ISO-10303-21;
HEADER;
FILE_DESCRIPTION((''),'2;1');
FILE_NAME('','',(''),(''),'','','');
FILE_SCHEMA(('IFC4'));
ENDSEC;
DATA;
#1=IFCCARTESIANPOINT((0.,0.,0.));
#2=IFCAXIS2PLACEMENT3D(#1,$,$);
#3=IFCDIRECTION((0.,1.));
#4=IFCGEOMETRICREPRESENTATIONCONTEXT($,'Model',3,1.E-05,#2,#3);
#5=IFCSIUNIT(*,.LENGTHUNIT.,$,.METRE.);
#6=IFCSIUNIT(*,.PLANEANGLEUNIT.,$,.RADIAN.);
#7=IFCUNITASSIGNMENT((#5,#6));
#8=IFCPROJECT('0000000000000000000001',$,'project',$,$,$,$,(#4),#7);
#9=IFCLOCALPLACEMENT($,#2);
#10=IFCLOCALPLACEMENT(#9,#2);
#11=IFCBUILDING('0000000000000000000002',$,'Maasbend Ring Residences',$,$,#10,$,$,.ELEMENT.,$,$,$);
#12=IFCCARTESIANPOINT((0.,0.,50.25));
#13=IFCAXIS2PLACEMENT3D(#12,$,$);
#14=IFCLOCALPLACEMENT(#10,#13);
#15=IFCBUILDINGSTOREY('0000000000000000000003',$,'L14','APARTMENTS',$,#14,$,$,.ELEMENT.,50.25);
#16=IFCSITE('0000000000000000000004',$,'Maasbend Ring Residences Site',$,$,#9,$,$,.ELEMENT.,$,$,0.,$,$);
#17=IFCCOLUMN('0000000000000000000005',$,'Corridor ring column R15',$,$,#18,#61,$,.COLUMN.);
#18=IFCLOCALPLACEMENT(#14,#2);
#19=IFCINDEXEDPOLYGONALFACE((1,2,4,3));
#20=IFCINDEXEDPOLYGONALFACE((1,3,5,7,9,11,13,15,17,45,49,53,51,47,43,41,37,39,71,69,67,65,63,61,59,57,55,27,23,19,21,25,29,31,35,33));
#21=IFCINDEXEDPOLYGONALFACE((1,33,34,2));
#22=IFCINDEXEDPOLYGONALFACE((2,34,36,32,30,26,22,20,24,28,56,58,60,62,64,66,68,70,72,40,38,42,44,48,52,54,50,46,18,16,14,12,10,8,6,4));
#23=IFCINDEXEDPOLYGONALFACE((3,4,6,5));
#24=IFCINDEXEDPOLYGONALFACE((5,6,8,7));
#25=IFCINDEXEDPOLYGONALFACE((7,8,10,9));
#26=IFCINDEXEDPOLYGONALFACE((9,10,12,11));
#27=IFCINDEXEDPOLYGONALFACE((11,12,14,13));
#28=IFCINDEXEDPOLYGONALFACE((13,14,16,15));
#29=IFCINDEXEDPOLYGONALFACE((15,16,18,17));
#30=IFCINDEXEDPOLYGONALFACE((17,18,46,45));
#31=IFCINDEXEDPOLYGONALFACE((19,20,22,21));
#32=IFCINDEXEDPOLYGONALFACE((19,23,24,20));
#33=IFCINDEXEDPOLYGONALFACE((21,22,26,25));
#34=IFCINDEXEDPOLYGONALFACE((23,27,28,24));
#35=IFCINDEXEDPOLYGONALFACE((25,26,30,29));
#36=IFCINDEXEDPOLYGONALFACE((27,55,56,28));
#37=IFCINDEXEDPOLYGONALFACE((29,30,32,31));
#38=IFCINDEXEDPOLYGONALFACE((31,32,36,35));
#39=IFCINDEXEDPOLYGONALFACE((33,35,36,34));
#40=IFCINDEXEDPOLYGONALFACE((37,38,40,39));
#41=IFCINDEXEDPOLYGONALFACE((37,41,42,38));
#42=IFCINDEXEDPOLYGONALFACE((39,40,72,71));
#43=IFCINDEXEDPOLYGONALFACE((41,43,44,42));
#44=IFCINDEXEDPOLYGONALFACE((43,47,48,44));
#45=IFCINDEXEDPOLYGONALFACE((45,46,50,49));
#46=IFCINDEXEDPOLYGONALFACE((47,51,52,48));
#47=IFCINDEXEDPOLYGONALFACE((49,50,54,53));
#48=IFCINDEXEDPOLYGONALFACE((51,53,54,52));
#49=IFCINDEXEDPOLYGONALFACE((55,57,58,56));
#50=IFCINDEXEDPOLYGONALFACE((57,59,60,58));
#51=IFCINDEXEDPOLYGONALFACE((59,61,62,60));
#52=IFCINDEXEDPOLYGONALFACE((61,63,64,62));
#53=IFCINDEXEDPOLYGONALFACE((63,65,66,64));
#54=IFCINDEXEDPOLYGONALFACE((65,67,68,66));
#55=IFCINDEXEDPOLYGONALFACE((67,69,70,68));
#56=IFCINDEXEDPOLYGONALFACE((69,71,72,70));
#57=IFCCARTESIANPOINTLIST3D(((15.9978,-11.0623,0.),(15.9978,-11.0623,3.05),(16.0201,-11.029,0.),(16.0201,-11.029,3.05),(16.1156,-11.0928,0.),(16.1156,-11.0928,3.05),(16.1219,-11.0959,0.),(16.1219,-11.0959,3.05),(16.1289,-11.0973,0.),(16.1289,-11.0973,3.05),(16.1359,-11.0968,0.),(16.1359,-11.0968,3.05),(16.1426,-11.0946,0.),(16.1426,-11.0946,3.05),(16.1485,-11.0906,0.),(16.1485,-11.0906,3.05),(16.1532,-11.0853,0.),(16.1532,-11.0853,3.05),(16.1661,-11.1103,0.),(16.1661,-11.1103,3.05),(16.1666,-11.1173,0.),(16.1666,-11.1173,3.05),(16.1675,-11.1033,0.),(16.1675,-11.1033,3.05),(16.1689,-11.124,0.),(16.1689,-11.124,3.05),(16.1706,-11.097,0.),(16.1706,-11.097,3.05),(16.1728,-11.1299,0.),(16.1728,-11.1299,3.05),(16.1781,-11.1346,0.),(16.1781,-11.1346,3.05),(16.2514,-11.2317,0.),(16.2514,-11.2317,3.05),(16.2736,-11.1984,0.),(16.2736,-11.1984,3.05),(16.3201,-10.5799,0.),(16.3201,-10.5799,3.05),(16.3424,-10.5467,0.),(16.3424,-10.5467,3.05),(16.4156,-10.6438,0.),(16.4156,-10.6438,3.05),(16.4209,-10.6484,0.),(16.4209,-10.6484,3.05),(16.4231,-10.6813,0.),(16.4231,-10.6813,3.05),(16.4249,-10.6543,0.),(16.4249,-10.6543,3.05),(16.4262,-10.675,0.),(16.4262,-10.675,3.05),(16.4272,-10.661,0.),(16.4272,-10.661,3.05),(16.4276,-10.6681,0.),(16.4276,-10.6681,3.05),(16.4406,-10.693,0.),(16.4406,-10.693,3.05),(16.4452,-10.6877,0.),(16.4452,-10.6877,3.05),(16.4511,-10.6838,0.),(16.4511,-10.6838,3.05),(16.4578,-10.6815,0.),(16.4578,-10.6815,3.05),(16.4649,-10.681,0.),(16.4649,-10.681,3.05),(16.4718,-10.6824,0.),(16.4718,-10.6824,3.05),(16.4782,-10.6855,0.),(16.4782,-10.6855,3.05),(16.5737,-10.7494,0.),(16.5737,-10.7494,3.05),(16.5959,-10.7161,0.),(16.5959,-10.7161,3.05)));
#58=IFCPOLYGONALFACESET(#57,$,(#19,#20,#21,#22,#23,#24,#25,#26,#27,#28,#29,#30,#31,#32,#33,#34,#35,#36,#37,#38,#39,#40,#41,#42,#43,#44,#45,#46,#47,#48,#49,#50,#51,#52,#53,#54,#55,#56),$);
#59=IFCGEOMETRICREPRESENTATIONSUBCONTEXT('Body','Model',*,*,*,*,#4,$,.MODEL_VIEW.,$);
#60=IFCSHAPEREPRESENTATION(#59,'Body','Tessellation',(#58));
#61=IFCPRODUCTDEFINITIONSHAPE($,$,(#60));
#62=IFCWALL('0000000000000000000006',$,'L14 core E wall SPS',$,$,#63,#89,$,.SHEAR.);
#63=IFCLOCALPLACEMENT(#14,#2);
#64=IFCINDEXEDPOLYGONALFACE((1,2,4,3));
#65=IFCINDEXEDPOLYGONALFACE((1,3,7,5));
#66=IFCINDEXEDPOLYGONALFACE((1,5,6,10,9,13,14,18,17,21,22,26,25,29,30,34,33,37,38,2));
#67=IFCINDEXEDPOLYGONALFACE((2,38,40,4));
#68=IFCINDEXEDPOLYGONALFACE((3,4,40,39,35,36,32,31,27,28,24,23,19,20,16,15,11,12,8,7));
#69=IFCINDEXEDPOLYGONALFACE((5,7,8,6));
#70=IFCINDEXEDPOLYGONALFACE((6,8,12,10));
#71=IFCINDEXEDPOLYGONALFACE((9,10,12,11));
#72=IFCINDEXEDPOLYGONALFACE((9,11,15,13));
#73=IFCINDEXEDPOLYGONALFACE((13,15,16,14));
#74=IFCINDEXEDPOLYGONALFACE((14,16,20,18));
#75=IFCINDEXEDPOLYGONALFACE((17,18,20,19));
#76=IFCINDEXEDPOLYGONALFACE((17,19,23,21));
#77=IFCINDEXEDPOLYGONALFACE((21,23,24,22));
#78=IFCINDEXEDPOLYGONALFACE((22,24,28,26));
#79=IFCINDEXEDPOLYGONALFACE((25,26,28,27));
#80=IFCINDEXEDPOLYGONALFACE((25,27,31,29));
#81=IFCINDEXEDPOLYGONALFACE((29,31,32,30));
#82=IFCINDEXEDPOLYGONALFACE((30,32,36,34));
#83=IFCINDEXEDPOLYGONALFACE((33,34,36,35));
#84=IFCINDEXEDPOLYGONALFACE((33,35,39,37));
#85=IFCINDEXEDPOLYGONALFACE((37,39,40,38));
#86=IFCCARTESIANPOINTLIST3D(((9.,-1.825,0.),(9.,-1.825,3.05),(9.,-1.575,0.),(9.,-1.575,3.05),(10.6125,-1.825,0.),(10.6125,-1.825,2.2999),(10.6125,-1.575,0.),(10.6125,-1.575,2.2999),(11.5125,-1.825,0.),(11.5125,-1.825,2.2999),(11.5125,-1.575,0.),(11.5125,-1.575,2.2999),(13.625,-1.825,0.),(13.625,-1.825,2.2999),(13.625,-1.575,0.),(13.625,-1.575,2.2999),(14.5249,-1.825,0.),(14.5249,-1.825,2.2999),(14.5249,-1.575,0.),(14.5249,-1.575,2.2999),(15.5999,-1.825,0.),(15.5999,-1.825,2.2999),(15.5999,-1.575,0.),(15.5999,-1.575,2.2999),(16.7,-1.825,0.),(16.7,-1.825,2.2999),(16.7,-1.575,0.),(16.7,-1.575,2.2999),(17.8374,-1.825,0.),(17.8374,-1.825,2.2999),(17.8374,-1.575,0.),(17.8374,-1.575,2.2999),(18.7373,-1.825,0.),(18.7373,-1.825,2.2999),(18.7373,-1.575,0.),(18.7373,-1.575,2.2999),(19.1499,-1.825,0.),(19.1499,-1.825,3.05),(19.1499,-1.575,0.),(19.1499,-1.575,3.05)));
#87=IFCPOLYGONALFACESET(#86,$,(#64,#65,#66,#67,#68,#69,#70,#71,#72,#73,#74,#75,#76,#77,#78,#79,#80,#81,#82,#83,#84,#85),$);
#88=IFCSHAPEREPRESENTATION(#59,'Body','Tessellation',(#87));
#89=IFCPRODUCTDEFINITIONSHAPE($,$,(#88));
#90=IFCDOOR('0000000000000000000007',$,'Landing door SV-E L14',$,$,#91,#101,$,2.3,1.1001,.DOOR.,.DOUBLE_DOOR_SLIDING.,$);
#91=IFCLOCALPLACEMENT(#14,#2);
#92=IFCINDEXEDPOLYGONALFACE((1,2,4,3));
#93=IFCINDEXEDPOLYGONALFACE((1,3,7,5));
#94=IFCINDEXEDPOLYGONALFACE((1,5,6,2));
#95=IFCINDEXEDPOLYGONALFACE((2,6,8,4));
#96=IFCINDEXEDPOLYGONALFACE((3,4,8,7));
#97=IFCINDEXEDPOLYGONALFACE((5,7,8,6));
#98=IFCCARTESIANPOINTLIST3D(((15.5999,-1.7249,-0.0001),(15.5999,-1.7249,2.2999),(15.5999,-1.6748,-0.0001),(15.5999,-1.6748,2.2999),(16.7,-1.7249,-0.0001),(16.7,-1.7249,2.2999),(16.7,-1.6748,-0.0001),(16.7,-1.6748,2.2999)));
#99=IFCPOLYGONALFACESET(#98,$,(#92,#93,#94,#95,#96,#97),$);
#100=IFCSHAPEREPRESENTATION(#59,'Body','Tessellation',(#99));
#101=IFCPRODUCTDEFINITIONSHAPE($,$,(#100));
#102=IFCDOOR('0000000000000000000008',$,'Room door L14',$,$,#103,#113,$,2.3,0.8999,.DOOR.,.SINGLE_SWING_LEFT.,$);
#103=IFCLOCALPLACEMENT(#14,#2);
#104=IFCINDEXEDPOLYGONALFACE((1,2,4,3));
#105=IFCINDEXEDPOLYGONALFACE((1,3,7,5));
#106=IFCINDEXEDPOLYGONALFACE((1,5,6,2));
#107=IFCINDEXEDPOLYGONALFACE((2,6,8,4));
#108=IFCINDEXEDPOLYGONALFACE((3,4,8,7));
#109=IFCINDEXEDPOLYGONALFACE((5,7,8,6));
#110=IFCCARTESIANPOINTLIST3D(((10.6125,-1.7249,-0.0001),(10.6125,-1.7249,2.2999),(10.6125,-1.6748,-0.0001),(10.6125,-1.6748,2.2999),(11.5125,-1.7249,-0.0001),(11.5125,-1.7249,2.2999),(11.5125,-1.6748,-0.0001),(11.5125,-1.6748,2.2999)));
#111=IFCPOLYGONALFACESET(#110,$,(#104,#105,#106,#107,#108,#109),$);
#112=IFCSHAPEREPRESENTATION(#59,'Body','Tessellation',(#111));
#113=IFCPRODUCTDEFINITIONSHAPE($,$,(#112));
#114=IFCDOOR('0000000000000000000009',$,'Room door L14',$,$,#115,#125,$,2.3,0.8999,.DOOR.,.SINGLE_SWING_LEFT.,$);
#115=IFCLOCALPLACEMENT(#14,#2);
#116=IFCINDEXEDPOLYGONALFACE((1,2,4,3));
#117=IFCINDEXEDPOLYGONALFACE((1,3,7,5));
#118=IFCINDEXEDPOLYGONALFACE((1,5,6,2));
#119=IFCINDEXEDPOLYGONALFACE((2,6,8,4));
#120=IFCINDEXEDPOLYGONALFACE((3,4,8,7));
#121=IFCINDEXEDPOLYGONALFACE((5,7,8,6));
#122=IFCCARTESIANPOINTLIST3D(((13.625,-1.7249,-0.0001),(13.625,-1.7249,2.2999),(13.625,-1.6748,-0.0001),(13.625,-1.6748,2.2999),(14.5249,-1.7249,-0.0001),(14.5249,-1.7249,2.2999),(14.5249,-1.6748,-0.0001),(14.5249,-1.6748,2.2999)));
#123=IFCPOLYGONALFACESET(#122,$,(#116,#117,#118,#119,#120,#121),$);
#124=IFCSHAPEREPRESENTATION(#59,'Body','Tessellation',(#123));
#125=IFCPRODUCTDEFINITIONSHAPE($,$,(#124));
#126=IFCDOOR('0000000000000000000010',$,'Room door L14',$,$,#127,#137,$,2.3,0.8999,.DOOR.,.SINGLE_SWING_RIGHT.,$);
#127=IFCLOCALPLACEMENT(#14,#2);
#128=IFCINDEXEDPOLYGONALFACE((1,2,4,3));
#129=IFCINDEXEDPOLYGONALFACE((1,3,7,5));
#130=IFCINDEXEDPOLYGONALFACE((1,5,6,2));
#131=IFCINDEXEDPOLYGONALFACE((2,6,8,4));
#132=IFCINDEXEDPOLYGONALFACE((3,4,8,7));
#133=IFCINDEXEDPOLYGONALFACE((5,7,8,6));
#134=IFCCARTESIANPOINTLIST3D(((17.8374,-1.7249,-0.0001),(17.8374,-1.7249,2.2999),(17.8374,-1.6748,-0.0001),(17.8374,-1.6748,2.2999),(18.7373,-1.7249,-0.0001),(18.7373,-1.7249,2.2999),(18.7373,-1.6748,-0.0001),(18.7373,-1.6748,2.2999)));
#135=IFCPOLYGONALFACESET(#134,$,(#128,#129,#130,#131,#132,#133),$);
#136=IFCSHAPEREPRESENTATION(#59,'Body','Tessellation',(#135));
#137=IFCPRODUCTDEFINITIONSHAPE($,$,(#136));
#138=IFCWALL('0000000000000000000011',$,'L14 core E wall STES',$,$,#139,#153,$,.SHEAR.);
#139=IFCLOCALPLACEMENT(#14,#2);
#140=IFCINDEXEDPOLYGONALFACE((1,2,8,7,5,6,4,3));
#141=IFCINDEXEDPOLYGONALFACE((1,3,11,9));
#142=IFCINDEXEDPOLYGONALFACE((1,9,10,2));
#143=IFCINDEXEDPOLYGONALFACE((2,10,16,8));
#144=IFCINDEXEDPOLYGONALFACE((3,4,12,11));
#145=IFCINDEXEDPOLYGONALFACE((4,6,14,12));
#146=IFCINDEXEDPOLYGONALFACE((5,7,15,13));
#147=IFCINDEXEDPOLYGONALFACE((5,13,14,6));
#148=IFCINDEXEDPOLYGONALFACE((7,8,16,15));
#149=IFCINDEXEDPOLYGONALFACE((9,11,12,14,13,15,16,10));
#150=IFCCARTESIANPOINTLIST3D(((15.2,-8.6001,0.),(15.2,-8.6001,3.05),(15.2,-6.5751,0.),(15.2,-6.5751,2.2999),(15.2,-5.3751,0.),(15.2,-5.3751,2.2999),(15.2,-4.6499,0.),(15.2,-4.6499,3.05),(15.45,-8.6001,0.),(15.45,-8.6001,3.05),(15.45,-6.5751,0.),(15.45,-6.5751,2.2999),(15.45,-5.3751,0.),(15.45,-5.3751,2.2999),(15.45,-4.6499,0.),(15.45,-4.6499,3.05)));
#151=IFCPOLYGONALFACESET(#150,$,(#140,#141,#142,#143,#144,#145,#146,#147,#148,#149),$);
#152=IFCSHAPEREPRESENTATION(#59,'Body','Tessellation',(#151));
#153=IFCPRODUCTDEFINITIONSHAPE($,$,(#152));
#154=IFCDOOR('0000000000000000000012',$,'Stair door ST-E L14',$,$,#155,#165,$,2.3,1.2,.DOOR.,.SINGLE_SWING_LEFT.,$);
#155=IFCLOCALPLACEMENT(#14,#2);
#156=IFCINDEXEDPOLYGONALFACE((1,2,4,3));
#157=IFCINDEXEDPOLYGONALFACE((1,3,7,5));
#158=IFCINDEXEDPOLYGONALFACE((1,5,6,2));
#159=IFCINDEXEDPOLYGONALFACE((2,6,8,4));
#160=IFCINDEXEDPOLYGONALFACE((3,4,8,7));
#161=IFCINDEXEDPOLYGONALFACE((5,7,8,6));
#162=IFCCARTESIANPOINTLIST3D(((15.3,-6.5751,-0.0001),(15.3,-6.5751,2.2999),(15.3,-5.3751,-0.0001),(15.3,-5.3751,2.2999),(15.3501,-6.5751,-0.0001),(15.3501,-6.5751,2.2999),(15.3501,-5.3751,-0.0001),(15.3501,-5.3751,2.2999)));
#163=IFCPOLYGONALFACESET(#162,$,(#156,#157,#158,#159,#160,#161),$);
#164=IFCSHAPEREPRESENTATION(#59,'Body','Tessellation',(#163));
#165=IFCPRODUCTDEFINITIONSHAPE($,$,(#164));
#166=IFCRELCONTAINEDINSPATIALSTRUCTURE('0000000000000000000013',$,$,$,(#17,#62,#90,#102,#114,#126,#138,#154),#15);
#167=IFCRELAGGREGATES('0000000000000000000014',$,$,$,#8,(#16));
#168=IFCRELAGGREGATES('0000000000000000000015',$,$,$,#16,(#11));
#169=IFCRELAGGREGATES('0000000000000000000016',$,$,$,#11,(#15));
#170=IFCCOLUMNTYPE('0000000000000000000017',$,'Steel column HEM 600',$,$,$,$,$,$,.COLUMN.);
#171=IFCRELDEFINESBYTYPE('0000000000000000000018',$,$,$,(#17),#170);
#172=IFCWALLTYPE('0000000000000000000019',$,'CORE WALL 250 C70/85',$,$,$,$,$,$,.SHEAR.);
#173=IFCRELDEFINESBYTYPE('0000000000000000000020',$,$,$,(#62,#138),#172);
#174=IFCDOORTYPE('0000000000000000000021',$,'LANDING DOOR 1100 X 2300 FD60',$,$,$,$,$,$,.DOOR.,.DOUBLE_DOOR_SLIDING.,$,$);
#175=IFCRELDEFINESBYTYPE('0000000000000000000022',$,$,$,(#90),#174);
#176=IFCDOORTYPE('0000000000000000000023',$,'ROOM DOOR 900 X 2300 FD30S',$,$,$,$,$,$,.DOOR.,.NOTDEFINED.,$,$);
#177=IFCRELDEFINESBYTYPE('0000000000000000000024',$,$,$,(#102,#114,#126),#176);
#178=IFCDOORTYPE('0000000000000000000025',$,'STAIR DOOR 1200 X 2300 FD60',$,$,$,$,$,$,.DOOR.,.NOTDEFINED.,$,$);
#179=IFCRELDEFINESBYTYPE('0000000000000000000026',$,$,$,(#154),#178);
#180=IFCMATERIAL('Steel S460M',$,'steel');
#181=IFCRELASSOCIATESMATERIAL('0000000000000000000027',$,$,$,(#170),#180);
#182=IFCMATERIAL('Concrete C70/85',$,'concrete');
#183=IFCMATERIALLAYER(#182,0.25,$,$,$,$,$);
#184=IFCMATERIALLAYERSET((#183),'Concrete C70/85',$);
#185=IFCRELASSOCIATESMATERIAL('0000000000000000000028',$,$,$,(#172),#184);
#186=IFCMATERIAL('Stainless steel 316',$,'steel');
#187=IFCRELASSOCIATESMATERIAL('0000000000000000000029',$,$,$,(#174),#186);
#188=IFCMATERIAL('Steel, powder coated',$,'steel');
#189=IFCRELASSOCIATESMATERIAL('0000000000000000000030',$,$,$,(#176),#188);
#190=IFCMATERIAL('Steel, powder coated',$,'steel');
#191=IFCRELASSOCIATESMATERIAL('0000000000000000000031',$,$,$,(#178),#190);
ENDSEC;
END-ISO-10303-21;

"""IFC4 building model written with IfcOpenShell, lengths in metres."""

from ifc_helpers import new_model, si_unit, direction, frame, frame_2d, origin, origin_2d, place, context, subcontext, project, spatial, rectangle, i_section, extrude, material, layer, layer_set, material_profile, profile_set, type_object, element, fill, save


model = new_model("IFC4")

# Units and contexts
model_context = context("Model", 3, precision=1e-05, world=origin(), true_north=direction((0.0, 1.0)))
body_context = subcontext(model_context, "Body", "Model", "MODEL_VIEW")
ifc_project = project(units=[si_unit("LENGTHUNIT", "METRE"), si_unit("PLANEANGLEUNIT", "RADIAN")], contexts=[model_context])

# Site, building, storey
site_placement = place(None, origin())
site = spatial("IfcSite", under=ifc_project, at=site_placement, Name="Maasbend Ring Residences Site", CompositionType="ELEMENT", RefElevation=0.0)
building_placement = place(site_placement, origin())
building = spatial("IfcBuilding", under=site, at=building_placement, Name="Maasbend Ring Residences", CompositionType="ELEMENT")
storey_placement = place(building_placement, frame((0.0, 0.0, 50.25)))
storey = spatial("IfcBuildingStorey", under=building, at=storey_placement, Name="L14", Description="APARTMENTS", CompositionType="ELEMENT", Elevation=50.25)

# Column
ifc_material_1 = material(Name="Steel S460M", Category="steel")
ifc_material_profile = material_profile(ifc_material_1, i_section(OverallWidth=0.3049, OverallDepth=0.6201, WebThickness=0.021, FlangeThickness=0.04, FilletRadius=0.0271, at=origin_2d()), Name="HEM 600")
ifc_profile_set = profile_set([ifc_material_profile], Name="Steel S460M")
column_type = type_object("IfcColumnType", Name="Steel column HEM 600", PredefinedType="COLUMN", material=ifc_profile_set)
column_placement = place(storey_placement, frame((16.2969, -10.8892, 0.0), z_axis=(0.0, 0.0, 1.0), x_axis=(0.83147, -0.55557, 0.0)))
element("IfcColumn", 1, at=column_placement, inside=storey, type_object=column_type, Name="Corridor ring column R15", PredefinedType="COLUMN", context=body_context, shape_type="SweptSolid", body=[
    extrude(i_section(OverallWidth=0.3049, OverallDepth=0.6201, WebThickness=0.021, FlangeThickness=0.04, FilletRadius=0.0271, at=origin_2d()), origin(), (0.0, 0.0, 1.0), 3.05),
])

# Wall, openings, doors
ifc_material_2 = material(Name="Concrete C70/85", Category="concrete")
ifc_layer_1 = layer(ifc_material_2, 0.25)
ifc_layer_set_1 = layer_set([ifc_layer_1], Name="Concrete C70/85")
wall_type_1 = type_object("IfcWallType", Name="CORE WALL 250 C70/85", PredefinedType="SHEAR", material=ifc_layer_set_1)
wall_1_placement = place(storey_placement, frame((19.1499, -1.7, 0.0), z_axis=(0.0, 0.0, 1.0), x_axis=(-1.0, 0.0, 0.0)))
wall_1 = element("IfcWall", 2, at=wall_1_placement, inside=storey, type_object=wall_type_1, Name="L14 core E wall SPS", PredefinedType="SHEAR", context=body_context, shape_type="SweptSolid", body=[
    extrude(rectangle(XDim=10.1499, YDim=0.25, at=frame_2d((5.075, 0.0))), origin(), (0.0, 0.0, 1.0), 3.05),
])
opening_1_placement = place(wall_1_placement, frame((2.45, 0.0, 0.0)))
opening_1 = element("IfcOpeningElement", 3, at=opening_1_placement, cuts=wall_1, PredefinedType="OPENING", context=body_context, shape_type="SweptSolid", body=[
    extrude(rectangle(XDim=1.1001, YDim=2.3, at=frame_2d((0.55, 1.1499))), frame((0.0, 0.135, 0.0), z_axis=(0.0, -1.0, 0.0), x_axis=(1.0, 0.0, 0.0)), (0.0, 0.0, 1.0), 0.27),
])
opening_2_placement = place(wall_1_placement, frame((7.6375, 0.0, 0.0)))
opening_2 = element("IfcOpeningElement", 4, at=opening_2_placement, cuts=wall_1, PredefinedType="OPENING", context=body_context, shape_type="SweptSolid", body=[
    extrude(rectangle(XDim=0.8999, YDim=2.3, at=frame_2d((0.45, 1.1499))), frame((0.0, 0.135, 0.0), z_axis=(0.0, -1.0, 0.0), x_axis=(1.0, 0.0, 0.0)), (0.0, 0.0, 1.0), 0.27),
])
opening_3_placement = place(wall_1_placement, frame((4.625, 0.0, 0.0)))
opening_3 = element("IfcOpeningElement", 5, at=opening_3_placement, cuts=wall_1, PredefinedType="OPENING", context=body_context, shape_type="SweptSolid", body=[
    extrude(rectangle(XDim=0.8999, YDim=2.3, at=frame_2d((0.45, 1.1499))), frame((0.0, 0.135, 0.0), z_axis=(0.0, -1.0, 0.0), x_axis=(1.0, 0.0, 0.0)), (0.0, 0.0, 1.0), 0.27),
])
opening_4_placement = place(wall_1_placement, frame((0.4126, 0.0, 0.0)))
opening_4 = element("IfcOpeningElement", 6, at=opening_4_placement, cuts=wall_1, PredefinedType="OPENING", context=body_context, shape_type="SweptSolid", body=[
    extrude(rectangle(XDim=0.8999, YDim=2.3, at=frame_2d((0.45, 1.1499))), frame((0.0, 0.135, 0.0), z_axis=(0.0, -1.0, 0.0), x_axis=(1.0, 0.0, 0.0)), (0.0, 0.0, 1.0), 0.27),
])
ifc_material_3 = material(Name="Stainless steel 316", Category="steel")
door_type_1 = type_object("IfcDoorType", Name="LANDING DOOR 1100 X 2300 FD60", OperationType="DOUBLE_DOOR_SLIDING", PredefinedType="DOOR", material=ifc_material_3)
door_1_placement = place(opening_1_placement, origin())
door_1 = element("IfcDoor", 7, at=door_1_placement, inside=storey, type_object=door_type_1, Name="Landing door SV-E L14", OperationType="DOUBLE_DOOR_SLIDING", OverallHeight=2.3, OverallWidth=1.1001, PredefinedType="DOOR", context=body_context, shape_type="SweptSolid", body=[
    extrude(rectangle(XDim=1.1001, YDim=2.3, at=frame_2d((0.55, 1.1499))), frame((0.0, 0.0249, 0.0), z_axis=(0.0, -1.0, 0.0), x_axis=(1.0, 0.0, 0.0)), (0.0, 0.0, 1.0), 0.05),
])
fill(opening_1, door_1)
ifc_material_4 = material(Name="Steel, powder coated", Category="steel")
door_type_2 = type_object("IfcDoorType", Name="ROOM DOOR 900 X 2300 FD30S", OperationType="NOTDEFINED", PredefinedType="DOOR", material=ifc_material_4)
door_2_placement = place(opening_2_placement, origin())
door_2 = element("IfcDoor", 8, at=door_2_placement, inside=storey, type_object=door_type_2, Name="Room door L14", OperationType="SINGLE_SWING_LEFT", OverallHeight=2.3, OverallWidth=0.8999, PredefinedType="DOOR", context=body_context, shape_type="SweptSolid", body=[
    extrude(rectangle(XDim=0.8999, YDim=2.3, at=frame_2d((0.45, 1.1499))), frame((0.0, 0.0249, 0.0), z_axis=(0.0, -1.0, 0.0), x_axis=(1.0, 0.0, 0.0)), (0.0, 0.0, 1.0), 0.05),
])
fill(opening_2, door_2)
door_3_placement = place(opening_3_placement, origin())
door_3 = element("IfcDoor", 9, at=door_3_placement, inside=storey, type_object=door_type_2, Name="Room door L14", OperationType="SINGLE_SWING_LEFT", OverallHeight=2.3, OverallWidth=0.8999, PredefinedType="DOOR", context=body_context, shape_type="SweptSolid", body=[
    extrude(rectangle(XDim=0.8999, YDim=2.3, at=frame_2d((0.45, 1.1499))), frame((0.0, 0.0249, 0.0), z_axis=(0.0, -1.0, 0.0), x_axis=(1.0, 0.0, 0.0)), (0.0, 0.0, 1.0), 0.05),
])
fill(opening_3, door_3)
door_4_placement = place(opening_4_placement, origin())
door_4 = element("IfcDoor", 10, at=door_4_placement, inside=storey, type_object=door_type_2, Name="Room door L14", OperationType="SINGLE_SWING_RIGHT", OverallHeight=2.3, OverallWidth=0.8999, PredefinedType="DOOR", context=body_context, shape_type="SweptSolid", body=[
    extrude(rectangle(XDim=0.8999, YDim=2.3, at=frame_2d((0.45, 1.1499))), frame((0.0, 0.0249, 0.0), z_axis=(0.0, -1.0, 0.0), x_axis=(1.0, 0.0, 0.0)), (0.0, 0.0, 1.0), 0.05),
])
fill(opening_4, door_4)

# Wall, opening, door
wall_2_placement = place(storey_placement, frame((15.325, -8.6001, 0.0), z_axis=(0.0, 0.0, 1.0), x_axis=(0.0, 1.0, 0.0)))
wall_2 = element("IfcWall", 11, at=wall_2_placement, inside=storey, type_object=wall_type_1, Name="L14 core E wall STES", PredefinedType="SHEAR", context=body_context, shape_type="SweptSolid", body=[
    extrude(rectangle(XDim=3.9502, YDim=0.25, at=frame_2d((1.9751, 0.0))), origin(), (0.0, 0.0, 1.0), 3.05),
])
opening_5_placement = place(wall_2_placement, frame((2.0249, 0.0, 0.0)))
opening_5 = element("IfcOpeningElement", 12, at=opening_5_placement, cuts=wall_2, PredefinedType="OPENING", context=body_context, shape_type="SweptSolid", body=[
    extrude(rectangle(XDim=1.2, YDim=2.3, at=frame_2d((0.6001, 1.1499))), frame((0.0, 0.135, 0.0), z_axis=(0.0, -1.0, 0.0), x_axis=(1.0, 0.0, 0.0)), (0.0, 0.0, 1.0), 0.27),
])
ifc_material_5 = material(Name="Steel, powder coated", Category="steel")
door_type_3 = type_object("IfcDoorType", Name="STAIR DOOR 1200 X 2300 FD60", OperationType="NOTDEFINED", PredefinedType="DOOR", material=ifc_material_5)
door_5_placement = place(opening_5_placement, origin())
door_5 = element("IfcDoor", 13, at=door_5_placement, inside=storey, type_object=door_type_3, Name="Stair door ST-E L14", OperationType="SINGLE_SWING_LEFT", OverallHeight=2.3, OverallWidth=1.2, PredefinedType="DOOR", context=body_context, shape_type="SweptSolid", body=[
    extrude(rectangle(XDim=1.2, YDim=2.3, at=frame_2d((0.6001, 1.1499))), frame((0.0, 0.0249, 0.0), z_axis=(0.0, -1.0, 0.0), x_axis=(1.0, 0.0, 0.0)), (0.0, 0.0, 1.0), 0.05),
])
fill(opening_5, door_5)

save(model, "model.ifc")
